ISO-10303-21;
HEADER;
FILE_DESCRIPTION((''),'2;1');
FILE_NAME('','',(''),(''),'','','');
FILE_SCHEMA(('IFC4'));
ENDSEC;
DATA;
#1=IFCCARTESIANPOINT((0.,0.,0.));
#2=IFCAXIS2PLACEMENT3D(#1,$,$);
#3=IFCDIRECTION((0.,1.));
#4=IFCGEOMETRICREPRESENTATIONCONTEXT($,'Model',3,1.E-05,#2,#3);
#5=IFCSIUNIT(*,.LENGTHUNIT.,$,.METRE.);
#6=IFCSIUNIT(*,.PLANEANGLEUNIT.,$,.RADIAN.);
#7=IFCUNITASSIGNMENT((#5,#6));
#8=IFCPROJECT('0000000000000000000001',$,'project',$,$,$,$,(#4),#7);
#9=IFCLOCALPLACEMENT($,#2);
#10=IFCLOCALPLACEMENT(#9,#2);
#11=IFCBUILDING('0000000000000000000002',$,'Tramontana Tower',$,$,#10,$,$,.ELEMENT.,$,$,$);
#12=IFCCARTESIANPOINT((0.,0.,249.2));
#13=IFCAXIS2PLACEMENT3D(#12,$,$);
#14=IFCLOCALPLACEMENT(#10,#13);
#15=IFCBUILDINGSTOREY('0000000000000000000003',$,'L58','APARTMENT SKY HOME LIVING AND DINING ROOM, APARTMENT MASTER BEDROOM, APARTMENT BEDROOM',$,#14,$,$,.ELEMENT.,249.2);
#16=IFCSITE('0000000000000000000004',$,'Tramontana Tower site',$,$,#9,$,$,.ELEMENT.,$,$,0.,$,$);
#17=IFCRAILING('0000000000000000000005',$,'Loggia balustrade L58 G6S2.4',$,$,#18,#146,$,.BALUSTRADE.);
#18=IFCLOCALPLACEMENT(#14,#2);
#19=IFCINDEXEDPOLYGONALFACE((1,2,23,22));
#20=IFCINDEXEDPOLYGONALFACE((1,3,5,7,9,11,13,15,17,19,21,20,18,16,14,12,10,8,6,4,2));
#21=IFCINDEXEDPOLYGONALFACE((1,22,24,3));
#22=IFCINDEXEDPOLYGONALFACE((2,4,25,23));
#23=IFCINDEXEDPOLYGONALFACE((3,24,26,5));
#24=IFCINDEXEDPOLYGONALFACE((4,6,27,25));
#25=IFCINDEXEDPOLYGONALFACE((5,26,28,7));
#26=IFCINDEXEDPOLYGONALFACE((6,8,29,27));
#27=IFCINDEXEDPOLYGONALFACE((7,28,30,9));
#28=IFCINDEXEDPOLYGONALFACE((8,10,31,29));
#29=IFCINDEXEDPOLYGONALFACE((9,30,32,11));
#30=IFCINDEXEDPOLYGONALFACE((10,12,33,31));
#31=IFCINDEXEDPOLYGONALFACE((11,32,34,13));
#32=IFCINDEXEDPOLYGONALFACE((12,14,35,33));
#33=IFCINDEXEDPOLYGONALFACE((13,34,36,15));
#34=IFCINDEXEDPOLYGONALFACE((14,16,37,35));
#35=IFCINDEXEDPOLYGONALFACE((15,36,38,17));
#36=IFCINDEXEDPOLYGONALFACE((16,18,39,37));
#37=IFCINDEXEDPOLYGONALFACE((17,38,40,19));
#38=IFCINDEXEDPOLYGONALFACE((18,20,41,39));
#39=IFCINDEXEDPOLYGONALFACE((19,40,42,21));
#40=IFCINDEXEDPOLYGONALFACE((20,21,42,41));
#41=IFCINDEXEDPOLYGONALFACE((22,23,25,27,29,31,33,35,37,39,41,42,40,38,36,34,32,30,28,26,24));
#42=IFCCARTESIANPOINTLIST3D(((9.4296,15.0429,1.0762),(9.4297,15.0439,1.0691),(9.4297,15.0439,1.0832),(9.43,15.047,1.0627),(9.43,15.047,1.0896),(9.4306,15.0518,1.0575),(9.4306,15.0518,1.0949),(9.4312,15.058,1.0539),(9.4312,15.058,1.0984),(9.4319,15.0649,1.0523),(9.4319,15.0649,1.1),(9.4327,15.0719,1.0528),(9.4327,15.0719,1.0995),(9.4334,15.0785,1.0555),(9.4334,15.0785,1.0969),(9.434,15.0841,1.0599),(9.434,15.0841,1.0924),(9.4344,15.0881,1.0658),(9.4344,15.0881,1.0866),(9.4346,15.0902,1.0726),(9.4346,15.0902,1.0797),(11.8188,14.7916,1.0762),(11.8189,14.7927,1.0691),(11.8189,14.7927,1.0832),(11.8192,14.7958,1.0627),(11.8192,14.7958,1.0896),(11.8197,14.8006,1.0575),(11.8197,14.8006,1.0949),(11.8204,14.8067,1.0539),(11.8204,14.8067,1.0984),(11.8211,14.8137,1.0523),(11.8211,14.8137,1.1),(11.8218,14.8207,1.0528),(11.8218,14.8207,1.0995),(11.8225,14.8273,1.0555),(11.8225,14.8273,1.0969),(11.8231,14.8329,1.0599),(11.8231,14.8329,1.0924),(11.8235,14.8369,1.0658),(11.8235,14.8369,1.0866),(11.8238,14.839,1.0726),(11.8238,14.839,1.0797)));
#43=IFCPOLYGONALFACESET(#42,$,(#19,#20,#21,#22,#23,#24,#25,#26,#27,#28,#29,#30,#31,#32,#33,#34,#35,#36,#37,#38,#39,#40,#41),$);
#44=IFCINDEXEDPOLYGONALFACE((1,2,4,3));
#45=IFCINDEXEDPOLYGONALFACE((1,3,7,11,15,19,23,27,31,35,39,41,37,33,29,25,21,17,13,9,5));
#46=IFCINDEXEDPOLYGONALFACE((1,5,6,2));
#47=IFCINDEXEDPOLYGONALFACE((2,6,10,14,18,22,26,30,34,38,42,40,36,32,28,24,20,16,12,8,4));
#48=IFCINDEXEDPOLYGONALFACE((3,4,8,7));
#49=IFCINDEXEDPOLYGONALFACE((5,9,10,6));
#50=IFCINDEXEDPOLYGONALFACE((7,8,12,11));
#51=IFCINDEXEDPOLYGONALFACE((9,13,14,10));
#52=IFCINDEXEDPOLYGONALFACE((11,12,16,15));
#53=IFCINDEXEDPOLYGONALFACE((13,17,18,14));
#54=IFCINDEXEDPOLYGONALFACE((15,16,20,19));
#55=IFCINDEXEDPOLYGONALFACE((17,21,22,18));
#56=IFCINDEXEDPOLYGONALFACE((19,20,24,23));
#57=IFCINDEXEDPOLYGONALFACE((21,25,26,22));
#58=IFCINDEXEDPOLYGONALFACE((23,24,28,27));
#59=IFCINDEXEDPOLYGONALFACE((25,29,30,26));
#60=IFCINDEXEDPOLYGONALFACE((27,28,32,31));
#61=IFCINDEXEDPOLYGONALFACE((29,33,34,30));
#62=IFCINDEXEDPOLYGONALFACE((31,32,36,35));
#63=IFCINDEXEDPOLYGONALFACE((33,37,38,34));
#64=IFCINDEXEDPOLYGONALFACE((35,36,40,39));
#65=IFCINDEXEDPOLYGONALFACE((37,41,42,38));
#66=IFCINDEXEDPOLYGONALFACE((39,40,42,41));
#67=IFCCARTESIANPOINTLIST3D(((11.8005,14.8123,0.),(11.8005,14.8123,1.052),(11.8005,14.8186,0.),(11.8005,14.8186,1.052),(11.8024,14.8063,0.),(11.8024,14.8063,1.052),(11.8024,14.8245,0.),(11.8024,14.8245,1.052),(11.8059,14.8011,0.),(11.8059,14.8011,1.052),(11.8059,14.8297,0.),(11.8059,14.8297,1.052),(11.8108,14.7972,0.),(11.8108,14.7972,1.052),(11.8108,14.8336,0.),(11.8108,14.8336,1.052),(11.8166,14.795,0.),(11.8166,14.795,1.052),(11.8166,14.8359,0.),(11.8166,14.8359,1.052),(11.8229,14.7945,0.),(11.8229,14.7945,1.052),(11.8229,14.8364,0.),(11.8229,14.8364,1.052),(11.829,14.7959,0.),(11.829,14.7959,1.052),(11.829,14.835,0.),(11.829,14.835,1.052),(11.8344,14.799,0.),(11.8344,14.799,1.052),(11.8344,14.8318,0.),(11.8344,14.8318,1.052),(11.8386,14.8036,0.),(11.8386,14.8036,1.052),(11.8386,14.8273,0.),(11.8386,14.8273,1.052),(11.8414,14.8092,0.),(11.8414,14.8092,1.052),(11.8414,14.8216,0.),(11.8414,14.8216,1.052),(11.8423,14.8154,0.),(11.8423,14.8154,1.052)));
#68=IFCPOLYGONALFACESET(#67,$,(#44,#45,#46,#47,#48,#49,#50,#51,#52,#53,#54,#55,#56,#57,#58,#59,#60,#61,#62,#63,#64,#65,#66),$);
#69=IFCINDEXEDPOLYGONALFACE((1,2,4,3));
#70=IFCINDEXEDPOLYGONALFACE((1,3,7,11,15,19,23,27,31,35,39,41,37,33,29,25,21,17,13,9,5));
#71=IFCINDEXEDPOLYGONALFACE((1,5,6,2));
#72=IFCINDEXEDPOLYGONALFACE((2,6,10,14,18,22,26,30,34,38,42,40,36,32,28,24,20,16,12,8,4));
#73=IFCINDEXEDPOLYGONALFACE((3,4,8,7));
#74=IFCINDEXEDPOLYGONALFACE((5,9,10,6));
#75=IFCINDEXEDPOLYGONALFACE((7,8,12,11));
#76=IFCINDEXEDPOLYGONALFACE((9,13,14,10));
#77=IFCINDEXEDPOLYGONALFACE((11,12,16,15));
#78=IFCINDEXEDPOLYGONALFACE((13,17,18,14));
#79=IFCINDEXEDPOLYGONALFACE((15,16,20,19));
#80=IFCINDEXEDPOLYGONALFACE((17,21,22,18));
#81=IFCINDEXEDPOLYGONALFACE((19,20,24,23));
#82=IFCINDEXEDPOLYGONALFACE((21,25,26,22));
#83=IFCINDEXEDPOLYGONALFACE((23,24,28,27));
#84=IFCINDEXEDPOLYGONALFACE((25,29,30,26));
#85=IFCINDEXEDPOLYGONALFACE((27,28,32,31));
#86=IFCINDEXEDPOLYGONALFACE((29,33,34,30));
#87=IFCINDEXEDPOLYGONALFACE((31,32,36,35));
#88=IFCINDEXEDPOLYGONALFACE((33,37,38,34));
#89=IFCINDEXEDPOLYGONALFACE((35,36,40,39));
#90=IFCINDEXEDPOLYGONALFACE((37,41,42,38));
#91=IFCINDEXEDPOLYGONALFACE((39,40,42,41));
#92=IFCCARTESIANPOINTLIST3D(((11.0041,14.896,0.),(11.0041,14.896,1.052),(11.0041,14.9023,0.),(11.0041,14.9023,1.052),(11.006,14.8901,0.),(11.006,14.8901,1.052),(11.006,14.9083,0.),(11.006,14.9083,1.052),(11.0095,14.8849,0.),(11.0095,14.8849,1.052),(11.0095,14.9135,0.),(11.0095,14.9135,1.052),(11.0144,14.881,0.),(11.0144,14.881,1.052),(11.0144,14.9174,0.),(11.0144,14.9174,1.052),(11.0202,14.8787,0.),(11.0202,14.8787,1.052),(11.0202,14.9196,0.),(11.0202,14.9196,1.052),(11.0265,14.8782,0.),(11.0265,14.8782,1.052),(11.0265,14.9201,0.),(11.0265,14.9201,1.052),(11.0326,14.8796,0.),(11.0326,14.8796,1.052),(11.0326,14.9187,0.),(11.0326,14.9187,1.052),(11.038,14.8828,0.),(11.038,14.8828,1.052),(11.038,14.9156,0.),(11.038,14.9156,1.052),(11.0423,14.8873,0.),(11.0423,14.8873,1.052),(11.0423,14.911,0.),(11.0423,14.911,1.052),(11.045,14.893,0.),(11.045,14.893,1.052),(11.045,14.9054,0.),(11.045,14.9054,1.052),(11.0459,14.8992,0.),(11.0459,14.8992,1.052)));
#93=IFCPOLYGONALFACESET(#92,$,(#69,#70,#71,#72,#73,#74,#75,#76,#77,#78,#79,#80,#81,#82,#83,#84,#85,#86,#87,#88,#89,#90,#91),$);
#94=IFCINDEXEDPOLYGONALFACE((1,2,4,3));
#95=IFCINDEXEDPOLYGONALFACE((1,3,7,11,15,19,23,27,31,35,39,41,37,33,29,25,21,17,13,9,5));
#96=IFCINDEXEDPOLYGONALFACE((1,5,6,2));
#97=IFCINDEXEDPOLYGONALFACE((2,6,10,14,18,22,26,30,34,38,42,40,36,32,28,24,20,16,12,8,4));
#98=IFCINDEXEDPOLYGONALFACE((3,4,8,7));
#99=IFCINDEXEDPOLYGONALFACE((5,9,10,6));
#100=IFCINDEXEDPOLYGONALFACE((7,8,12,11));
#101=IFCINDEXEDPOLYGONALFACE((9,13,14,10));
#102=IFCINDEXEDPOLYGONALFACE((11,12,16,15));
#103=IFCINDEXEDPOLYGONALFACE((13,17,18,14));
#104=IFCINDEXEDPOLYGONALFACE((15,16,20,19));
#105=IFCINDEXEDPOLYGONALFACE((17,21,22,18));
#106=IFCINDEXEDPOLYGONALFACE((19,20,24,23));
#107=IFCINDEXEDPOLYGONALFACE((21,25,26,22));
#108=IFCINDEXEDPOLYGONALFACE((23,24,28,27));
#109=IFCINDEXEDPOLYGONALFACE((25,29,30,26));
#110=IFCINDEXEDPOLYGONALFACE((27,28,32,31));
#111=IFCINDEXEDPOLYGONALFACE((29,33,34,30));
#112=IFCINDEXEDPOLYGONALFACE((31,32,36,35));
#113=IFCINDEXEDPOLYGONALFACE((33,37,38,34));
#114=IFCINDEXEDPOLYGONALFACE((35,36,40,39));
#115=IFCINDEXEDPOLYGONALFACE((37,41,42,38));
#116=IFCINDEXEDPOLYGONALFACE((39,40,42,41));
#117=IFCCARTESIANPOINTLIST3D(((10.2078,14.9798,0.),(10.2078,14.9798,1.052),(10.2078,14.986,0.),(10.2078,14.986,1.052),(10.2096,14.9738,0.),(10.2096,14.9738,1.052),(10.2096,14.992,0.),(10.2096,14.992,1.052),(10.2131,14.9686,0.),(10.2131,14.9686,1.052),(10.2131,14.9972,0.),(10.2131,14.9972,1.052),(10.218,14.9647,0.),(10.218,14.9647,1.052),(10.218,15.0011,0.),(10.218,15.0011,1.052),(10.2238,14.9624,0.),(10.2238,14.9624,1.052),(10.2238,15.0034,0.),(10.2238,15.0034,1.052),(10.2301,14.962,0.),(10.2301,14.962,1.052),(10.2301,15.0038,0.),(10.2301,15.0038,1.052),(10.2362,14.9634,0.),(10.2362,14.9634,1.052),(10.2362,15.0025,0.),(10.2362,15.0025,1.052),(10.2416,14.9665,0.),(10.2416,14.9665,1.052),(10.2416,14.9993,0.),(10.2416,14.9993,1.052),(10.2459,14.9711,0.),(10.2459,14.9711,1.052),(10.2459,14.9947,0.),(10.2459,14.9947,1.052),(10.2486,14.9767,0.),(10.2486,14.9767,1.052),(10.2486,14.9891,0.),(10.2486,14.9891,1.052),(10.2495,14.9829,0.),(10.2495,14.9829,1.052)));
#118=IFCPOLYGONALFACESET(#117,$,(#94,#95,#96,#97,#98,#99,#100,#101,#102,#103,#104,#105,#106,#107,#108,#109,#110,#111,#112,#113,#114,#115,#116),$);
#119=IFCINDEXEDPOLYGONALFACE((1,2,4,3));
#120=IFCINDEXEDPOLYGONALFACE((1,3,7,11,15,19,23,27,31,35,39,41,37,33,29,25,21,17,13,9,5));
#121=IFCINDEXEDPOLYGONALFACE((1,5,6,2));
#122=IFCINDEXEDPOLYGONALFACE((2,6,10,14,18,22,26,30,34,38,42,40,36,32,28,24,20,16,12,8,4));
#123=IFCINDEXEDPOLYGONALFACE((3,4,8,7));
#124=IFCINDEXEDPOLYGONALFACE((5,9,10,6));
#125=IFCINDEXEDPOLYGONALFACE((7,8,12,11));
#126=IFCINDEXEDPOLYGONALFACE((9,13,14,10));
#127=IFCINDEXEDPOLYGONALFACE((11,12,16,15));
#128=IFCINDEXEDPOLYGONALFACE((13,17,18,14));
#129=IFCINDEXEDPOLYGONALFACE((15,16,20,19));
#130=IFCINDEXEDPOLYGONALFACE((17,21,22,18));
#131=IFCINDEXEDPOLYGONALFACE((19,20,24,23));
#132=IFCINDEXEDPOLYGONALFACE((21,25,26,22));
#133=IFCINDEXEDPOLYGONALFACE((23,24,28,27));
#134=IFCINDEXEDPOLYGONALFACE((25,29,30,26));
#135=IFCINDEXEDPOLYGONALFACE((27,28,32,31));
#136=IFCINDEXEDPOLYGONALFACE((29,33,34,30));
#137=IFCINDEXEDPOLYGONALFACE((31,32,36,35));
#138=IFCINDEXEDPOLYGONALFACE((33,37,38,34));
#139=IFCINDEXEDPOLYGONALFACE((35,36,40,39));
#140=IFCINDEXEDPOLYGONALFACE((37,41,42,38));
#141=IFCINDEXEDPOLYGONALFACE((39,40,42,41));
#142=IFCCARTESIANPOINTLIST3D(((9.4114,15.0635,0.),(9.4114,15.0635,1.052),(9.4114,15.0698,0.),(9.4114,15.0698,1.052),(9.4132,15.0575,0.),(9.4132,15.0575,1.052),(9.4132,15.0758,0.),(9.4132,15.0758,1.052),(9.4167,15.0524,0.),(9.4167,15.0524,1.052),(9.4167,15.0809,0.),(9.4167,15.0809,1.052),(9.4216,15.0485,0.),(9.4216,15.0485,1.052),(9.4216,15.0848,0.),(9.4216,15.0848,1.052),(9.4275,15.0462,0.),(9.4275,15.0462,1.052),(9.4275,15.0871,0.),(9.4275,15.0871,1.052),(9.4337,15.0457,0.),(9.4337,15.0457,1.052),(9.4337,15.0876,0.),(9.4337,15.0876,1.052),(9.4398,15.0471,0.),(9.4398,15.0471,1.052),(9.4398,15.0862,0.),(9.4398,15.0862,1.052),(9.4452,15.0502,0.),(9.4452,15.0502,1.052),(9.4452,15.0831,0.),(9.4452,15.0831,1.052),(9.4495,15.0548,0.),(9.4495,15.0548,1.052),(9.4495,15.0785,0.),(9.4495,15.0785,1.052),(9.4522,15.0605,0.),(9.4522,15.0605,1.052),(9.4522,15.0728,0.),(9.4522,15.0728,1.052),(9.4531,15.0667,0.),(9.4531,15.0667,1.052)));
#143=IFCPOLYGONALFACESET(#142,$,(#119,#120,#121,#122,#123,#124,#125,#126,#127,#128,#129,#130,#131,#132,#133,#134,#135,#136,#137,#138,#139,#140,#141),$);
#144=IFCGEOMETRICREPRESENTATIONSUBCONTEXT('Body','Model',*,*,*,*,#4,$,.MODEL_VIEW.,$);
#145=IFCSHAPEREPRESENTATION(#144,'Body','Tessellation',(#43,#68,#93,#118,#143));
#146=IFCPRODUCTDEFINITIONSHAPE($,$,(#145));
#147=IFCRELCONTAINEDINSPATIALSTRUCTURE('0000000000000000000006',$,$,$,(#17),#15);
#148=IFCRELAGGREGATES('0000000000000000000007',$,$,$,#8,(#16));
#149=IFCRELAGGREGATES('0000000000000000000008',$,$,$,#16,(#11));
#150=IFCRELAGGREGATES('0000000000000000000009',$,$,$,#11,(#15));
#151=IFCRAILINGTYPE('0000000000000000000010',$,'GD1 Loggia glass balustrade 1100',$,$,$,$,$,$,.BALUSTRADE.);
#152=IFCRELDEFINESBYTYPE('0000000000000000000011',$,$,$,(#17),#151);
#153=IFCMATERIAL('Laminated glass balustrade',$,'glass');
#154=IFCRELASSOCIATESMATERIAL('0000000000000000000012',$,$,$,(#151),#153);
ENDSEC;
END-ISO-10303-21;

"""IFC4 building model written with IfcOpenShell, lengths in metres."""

from ifc_helpers import new_model, si_unit, direction, frame, origin, origin_2d, place, context, subcontext, project, spatial, circle, extrude, material, type_object, element, save


model = new_model("IFC4")

# Units and contexts
model_context = context("Model", 3, precision=1e-05, world=origin(), true_north=direction((0.0, 1.0)))
body_context = subcontext(model_context, "Body", "Model", "MODEL_VIEW")
ifc_project = project(units=[si_unit("LENGTHUNIT", "METRE"), si_unit("PLANEANGLEUNIT", "RADIAN")], contexts=[model_context])

# Site, building, storey
site_placement = place(None, origin())
site = spatial("IfcSite", under=ifc_project, at=site_placement, Name="Tramontana Tower site", CompositionType="ELEMENT", RefElevation=0.0)
building_placement = place(site_placement, origin())
building = spatial("IfcBuilding", under=site, at=building_placement, Name="Tramontana Tower", CompositionType="ELEMENT")
storey_placement = place(building_placement, frame((0.0, 0.0, 249.2)))
storey = spatial("IfcBuildingStorey", under=building, at=storey_placement, Name="L58", Description="APARTMENT SKY HOME LIVING AND DINING ROOM, APARTMENT MASTER BEDROOM, APARTMENT BEDROOM", CompositionType="ELEMENT", Elevation=249.2)

# Railing
ifc_material_1 = material(Name="Laminated glass balustrade", Category="glass")
railing_type = type_object("IfcRailingType", Name="GD1 Loggia glass balustrade 1100", PredefinedType="BALUSTRADE", material=ifc_material_1)
railing_placement = place(storey_placement, frame((11.8213, 14.8154, 0.0)))
element("IfcRailing", 1, at=railing_placement, inside=storey, type_object=railing_type, Name="Loggia balustrade L58 G6S2.4", PredefinedType="BALUSTRADE", context=body_context, shape_type="SweptSolid", body=[
    extrude(circle(Radius=0.0239, at=origin_2d()), frame((0.0, 0.0, 1.0762), z_axis=(-0.994517, 0.104574, 0.0), x_axis=(-0.104574, -0.994517, 0.0)), (0.0, 0.0, 1.0), 2.4023),
    extrude(circle(Radius=0.021, at=origin_2d()), origin(), (0.0, 0.0, 1.0), 1.052),
    extrude(circle(Radius=0.021, at=origin_2d()), frame((-0.7964, 0.0837, 0.0)), (0.0, 0.0, 1.0), 1.052),
    extrude(circle(Radius=0.021, at=origin_2d()), frame((-1.5928, 0.1675, 0.0)), (0.0, 0.0, 1.0), 1.052),
    extrude(circle(Radius=0.021, at=origin_2d()), frame((-2.3892, 0.2512, 0.0)), (0.0, 0.0, 1.0), 1.052),
])

save(model, "model.ifc")
